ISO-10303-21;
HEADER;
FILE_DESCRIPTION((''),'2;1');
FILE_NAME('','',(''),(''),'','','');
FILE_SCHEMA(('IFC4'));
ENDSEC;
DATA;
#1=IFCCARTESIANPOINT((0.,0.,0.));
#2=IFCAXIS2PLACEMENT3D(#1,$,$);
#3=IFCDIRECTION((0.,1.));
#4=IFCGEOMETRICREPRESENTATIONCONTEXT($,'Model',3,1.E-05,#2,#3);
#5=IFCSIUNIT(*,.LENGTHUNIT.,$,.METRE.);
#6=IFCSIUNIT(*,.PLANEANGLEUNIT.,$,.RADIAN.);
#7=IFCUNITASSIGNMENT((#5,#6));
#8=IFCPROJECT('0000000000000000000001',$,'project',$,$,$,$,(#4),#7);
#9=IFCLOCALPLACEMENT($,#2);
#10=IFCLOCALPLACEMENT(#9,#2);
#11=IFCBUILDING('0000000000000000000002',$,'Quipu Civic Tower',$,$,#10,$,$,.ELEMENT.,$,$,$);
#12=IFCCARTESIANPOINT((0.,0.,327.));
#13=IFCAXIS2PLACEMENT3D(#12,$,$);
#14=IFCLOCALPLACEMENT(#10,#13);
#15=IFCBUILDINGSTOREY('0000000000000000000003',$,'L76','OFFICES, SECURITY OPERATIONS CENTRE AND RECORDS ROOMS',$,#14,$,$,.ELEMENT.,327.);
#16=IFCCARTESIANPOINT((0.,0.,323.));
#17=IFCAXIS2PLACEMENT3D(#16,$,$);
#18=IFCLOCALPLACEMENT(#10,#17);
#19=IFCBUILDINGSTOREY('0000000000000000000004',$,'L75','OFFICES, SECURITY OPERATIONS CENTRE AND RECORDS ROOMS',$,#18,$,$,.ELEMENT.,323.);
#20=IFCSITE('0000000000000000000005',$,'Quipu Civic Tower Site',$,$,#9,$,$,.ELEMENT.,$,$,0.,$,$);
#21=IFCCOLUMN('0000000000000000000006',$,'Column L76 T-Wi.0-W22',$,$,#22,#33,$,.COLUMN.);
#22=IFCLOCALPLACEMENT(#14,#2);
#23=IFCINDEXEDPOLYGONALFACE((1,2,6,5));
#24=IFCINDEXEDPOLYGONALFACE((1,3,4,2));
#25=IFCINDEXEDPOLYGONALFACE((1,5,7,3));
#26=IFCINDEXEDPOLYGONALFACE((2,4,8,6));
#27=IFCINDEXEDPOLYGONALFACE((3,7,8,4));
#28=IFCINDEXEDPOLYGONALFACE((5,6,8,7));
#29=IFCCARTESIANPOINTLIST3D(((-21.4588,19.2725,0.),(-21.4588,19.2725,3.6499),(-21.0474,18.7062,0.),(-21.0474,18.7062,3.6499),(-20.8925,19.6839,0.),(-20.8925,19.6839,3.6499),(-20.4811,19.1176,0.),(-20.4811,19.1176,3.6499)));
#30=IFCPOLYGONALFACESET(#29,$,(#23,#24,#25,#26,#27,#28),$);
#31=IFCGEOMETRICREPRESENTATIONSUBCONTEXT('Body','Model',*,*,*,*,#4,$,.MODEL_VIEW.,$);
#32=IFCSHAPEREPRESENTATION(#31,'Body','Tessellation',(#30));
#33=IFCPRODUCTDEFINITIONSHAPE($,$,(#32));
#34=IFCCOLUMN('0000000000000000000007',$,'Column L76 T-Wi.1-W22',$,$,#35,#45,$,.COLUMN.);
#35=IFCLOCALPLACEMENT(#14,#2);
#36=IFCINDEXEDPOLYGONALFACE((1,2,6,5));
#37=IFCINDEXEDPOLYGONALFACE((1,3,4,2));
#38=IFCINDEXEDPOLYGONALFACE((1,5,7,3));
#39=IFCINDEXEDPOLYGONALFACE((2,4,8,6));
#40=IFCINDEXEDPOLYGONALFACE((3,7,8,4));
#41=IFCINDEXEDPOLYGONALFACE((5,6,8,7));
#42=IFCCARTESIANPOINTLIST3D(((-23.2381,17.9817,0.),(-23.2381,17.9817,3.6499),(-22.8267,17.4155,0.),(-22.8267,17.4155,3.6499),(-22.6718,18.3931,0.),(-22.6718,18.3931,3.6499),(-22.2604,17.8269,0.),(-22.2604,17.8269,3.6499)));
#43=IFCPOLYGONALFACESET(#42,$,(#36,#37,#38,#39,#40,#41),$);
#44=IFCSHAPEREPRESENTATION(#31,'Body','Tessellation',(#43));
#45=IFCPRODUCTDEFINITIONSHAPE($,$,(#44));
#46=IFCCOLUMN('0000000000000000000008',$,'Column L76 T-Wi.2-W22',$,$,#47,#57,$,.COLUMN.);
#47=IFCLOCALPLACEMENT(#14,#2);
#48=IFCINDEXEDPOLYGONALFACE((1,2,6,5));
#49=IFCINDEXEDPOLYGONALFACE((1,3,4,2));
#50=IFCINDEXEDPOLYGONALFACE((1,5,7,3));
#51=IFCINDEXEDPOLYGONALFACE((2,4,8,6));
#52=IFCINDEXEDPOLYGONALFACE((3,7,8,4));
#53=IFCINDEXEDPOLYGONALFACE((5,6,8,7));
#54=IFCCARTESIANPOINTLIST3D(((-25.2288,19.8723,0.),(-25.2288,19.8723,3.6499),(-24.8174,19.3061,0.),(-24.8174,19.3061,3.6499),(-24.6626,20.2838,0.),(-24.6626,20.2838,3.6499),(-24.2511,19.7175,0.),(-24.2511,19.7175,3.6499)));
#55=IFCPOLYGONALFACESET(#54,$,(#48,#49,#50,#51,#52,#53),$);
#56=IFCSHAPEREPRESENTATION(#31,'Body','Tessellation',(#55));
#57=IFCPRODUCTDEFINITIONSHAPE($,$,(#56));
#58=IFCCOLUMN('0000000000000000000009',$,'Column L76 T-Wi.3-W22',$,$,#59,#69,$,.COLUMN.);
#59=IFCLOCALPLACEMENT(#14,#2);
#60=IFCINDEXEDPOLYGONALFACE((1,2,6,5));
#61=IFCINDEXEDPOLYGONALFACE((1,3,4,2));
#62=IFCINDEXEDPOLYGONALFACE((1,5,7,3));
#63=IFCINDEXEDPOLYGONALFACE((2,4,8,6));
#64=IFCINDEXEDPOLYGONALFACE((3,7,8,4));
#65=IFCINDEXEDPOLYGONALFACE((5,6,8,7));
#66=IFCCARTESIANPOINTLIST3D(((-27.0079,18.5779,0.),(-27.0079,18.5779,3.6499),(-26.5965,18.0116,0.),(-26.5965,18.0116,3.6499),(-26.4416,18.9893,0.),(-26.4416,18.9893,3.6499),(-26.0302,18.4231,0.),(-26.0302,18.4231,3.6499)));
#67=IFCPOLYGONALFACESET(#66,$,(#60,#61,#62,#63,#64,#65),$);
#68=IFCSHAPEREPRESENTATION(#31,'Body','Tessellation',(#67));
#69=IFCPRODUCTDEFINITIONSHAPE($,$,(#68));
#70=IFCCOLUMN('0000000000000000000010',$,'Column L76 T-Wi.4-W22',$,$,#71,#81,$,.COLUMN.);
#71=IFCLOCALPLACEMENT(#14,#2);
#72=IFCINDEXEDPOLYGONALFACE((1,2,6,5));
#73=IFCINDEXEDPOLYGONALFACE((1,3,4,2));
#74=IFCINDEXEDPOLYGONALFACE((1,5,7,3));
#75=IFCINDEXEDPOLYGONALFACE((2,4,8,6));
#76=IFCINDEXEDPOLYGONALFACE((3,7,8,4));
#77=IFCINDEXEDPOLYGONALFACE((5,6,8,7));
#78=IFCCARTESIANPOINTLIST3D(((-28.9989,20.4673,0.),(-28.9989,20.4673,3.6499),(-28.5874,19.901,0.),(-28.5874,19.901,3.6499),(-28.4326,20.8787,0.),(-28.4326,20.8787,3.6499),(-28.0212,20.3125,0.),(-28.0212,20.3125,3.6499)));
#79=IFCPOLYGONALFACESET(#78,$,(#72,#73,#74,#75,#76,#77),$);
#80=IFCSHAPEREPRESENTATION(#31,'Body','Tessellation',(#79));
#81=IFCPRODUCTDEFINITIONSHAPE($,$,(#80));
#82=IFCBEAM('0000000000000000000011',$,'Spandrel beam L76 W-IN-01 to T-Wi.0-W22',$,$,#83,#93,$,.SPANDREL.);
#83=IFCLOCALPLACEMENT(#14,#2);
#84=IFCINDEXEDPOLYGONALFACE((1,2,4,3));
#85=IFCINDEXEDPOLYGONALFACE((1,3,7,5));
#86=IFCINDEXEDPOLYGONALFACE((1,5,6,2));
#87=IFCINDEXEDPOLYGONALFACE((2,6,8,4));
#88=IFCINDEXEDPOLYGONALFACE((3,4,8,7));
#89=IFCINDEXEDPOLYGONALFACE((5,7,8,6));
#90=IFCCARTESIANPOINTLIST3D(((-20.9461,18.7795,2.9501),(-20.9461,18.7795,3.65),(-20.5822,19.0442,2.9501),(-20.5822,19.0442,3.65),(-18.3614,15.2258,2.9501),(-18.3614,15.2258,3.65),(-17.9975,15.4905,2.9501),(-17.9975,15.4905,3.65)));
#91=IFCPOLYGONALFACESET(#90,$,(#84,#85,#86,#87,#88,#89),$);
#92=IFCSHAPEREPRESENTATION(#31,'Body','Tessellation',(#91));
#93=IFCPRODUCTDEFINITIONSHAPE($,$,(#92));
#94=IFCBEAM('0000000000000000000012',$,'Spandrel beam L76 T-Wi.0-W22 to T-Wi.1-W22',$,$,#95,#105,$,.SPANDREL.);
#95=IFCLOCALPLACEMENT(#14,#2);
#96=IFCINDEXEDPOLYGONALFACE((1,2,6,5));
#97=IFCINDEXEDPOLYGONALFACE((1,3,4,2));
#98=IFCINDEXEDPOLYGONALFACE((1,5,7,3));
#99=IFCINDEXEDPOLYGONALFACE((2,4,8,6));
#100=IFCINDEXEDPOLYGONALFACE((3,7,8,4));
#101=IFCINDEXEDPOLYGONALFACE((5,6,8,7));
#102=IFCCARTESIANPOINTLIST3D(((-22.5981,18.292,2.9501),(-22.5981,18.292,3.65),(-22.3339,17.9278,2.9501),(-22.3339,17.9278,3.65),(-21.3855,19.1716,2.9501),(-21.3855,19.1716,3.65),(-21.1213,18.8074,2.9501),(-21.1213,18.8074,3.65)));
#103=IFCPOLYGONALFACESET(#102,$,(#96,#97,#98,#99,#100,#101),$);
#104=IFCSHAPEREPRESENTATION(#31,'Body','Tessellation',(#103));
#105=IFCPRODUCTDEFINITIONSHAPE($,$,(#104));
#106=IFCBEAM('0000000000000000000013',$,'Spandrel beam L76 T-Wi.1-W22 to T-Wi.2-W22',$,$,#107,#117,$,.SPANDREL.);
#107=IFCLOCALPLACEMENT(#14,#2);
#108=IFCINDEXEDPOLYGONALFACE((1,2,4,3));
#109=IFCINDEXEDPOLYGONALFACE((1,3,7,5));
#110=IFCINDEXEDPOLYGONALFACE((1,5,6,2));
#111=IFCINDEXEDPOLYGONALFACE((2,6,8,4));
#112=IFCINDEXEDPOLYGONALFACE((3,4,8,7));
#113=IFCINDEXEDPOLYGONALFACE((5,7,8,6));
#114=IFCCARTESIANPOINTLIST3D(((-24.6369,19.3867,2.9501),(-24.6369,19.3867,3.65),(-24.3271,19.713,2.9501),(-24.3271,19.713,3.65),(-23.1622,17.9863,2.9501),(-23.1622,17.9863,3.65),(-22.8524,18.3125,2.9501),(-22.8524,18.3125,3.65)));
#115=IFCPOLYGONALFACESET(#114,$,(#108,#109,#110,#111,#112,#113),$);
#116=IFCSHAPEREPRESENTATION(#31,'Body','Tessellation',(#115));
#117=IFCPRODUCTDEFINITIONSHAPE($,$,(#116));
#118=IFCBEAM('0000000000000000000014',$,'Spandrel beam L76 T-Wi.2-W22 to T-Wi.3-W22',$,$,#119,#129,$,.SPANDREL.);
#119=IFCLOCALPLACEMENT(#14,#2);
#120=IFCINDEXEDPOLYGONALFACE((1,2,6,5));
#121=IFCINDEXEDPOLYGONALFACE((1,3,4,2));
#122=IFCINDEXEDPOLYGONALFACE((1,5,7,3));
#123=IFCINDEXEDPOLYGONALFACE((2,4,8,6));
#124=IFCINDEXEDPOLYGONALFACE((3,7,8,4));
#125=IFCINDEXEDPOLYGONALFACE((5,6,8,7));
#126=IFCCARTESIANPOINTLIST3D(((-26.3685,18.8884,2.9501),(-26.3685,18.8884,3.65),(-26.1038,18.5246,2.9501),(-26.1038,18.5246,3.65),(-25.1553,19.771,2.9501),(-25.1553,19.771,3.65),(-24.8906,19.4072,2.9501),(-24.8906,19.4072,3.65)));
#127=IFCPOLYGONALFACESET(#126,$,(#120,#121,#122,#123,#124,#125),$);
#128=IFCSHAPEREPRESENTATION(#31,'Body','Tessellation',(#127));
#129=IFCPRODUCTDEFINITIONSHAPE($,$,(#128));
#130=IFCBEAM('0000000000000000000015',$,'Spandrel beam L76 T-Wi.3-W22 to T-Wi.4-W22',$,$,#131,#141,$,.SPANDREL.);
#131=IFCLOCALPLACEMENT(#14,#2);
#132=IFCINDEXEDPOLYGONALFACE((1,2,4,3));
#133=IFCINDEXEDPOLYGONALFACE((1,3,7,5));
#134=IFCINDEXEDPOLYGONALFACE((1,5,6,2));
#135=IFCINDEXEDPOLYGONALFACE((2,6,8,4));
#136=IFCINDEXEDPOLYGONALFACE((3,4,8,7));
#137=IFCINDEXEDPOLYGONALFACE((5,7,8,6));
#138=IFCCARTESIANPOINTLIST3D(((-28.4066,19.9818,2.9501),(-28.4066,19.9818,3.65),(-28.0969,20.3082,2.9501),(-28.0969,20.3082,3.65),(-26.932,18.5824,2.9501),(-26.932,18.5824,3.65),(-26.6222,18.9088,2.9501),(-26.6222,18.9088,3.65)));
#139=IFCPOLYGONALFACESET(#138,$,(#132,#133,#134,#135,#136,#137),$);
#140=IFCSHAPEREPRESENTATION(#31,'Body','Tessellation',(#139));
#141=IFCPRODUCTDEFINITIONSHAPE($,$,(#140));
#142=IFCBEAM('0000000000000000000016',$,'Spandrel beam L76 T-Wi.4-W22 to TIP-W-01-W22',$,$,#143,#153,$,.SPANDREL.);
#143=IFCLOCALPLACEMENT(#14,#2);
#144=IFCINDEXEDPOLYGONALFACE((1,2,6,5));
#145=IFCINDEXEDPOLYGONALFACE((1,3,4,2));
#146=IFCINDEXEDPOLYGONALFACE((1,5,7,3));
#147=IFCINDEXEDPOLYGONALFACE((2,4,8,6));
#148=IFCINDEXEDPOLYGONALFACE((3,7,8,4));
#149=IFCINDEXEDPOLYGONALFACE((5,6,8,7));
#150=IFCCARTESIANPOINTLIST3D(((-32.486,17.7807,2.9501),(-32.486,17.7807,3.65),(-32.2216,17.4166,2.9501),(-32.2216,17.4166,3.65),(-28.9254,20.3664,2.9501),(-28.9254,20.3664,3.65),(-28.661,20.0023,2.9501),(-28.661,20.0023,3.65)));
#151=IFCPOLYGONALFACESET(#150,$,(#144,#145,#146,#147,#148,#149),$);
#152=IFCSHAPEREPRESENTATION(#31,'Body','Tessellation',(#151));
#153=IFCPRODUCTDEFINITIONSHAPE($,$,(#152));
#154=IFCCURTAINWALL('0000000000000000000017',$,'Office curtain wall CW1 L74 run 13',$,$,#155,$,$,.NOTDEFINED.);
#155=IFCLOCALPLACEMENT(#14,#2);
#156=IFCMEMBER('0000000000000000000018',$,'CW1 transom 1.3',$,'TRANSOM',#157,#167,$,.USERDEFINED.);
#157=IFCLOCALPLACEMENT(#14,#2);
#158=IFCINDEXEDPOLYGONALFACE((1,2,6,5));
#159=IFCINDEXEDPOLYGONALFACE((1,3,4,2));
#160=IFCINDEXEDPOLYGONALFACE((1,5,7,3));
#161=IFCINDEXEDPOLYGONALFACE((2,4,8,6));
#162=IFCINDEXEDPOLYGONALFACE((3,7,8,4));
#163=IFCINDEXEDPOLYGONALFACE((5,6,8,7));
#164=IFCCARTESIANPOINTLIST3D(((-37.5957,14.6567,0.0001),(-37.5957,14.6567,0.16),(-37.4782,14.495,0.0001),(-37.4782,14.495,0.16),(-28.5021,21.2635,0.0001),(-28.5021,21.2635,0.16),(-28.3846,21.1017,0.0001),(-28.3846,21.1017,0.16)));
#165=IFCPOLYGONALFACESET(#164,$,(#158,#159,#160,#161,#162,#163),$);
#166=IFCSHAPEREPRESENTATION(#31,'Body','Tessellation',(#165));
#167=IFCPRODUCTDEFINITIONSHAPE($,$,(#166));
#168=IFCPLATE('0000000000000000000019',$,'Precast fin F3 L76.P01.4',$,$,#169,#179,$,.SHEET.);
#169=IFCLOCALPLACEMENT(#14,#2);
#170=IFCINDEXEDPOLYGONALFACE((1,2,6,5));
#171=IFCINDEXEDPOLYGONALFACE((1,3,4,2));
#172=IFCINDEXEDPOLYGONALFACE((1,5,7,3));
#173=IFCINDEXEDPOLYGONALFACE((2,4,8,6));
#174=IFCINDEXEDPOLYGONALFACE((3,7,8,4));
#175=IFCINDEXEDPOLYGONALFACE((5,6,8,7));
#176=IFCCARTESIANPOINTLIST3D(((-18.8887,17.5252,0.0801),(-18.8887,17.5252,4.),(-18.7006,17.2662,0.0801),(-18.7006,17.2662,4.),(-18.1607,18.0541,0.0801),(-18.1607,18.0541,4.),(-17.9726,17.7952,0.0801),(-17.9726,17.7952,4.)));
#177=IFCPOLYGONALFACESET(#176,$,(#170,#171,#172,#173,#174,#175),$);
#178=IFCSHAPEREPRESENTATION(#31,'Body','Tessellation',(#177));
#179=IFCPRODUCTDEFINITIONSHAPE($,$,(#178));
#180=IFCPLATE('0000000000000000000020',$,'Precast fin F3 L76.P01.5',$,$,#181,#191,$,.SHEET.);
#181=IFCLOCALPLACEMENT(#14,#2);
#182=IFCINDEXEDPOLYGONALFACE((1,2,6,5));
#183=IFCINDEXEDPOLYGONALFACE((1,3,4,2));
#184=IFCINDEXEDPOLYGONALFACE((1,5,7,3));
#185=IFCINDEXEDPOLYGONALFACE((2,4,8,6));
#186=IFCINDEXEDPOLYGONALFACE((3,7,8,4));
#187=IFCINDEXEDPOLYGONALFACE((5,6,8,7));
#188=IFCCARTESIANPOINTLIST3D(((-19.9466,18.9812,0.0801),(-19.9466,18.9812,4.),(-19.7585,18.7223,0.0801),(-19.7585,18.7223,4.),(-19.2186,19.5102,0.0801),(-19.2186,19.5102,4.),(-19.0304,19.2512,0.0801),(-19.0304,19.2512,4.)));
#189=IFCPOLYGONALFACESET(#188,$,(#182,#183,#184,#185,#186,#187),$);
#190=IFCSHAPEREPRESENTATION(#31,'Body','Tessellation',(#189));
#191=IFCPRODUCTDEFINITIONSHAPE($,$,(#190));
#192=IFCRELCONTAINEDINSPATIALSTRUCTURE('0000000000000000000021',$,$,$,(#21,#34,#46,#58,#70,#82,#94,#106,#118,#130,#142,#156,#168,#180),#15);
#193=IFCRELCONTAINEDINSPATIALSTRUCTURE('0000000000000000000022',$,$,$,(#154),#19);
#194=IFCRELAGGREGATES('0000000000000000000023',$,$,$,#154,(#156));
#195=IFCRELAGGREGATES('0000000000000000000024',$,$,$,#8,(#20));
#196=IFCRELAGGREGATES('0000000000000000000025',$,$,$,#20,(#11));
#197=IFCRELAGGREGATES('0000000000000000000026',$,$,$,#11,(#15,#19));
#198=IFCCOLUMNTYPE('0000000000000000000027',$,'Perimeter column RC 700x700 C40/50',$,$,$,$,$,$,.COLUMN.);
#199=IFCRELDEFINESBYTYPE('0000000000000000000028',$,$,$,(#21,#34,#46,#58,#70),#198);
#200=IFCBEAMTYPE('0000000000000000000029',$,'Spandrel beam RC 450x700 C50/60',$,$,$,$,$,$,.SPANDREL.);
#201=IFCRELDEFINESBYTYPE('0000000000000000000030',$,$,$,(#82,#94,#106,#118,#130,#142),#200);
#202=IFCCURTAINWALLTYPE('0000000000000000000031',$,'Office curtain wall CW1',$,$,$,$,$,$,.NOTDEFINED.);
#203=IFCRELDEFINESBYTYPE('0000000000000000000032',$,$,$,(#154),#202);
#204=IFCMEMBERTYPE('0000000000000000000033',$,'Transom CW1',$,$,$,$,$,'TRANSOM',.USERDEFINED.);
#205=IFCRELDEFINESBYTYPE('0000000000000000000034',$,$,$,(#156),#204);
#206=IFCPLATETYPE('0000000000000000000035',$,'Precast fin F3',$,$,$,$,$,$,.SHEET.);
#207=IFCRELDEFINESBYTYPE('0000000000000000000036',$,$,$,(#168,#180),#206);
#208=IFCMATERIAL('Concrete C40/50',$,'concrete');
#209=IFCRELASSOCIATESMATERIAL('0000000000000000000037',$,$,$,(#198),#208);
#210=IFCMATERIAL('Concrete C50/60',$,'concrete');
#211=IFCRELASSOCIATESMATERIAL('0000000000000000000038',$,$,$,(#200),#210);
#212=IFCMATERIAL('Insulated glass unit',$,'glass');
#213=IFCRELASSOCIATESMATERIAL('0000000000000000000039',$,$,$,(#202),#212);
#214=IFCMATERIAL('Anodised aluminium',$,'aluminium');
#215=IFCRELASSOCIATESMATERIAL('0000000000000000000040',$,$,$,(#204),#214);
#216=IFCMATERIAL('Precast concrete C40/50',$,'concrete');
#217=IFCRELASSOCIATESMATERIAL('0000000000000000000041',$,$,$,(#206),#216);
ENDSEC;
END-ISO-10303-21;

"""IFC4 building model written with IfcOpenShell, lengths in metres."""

from ifc_helpers import new_model, si_unit, direction, frame, origin, origin_2d, place, context, subcontext, project, spatial, rectangle, extrude, material, material_profile, profile_set, type_object, element, aggregate, save


model = new_model("IFC4")

# Units and contexts
model_context = context("Model", 3, precision=1e-05, world=origin(), true_north=direction((0.0, 1.0)))
body_context = subcontext(model_context, "Body", "Model", "MODEL_VIEW")
ifc_project = project(units=[si_unit("LENGTHUNIT", "METRE"), si_unit("PLANEANGLEUNIT", "RADIAN")], contexts=[model_context])

# Site, building, storey
site_placement = place(None, origin())
site = spatial("IfcSite", under=ifc_project, at=site_placement, Name="Quipu Civic Tower Site", CompositionType="ELEMENT", RefElevation=0.0)
building_placement = place(site_placement, origin())
building = spatial("IfcBuilding", under=site, at=building_placement, Name="Quipu Civic Tower", CompositionType="ELEMENT")
storey_1_placement = place(building_placement, frame((0.0, 0.0, 327.0)))
storey_1 = spatial("IfcBuildingStorey", under=building, at=storey_1_placement, Name="L76", Description="OFFICES, SECURITY OPERATIONS CENTRE AND RECORDS ROOMS", CompositionType="ELEMENT", Elevation=327.0)

# Columns
ifc_material_1 = material(Name="Concrete C40/50", Category="concrete")
ifc_material_profile_1 = material_profile(ifc_material_1, rectangle(XDim=0.7, YDim=0.7, at=origin_2d()), Name="RC700x700")
ifc_profile_set_1 = profile_set([ifc_material_profile_1], Name="Concrete C40/50")
column_type = type_object("IfcColumnType", Name="Perimeter column RC 700x700 C40/50", PredefinedType="COLUMN", material=ifc_profile_set_1)
for number, where, z_axis, x_axis, name in (
    (1, (-20.97, 19.1951, 0.0), (0.0, 0.0, 1.0), (-0.587785, 0.809017, 0.0), "Column L76 T-Wi.0-W22"),
    (2, (-22.7493, 17.9043, 0.0), (0.0, 0.0, 1.0), (-0.587785, 0.809017, 0.0), "Column L76 T-Wi.1-W22"),
    (3, (-24.74, 19.7949, 0.0), (0.0, 0.0, 1.0), (-0.587785, 0.809017, 0.0), "Column L76 T-Wi.2-W22"),
    (4, (-26.519, 18.5005, 0.0), (0.0, 0.0, 1.0), (-0.587785, 0.809017, 0.0), "Column L76 T-Wi.3-W22"),
    (5, (-28.51, 20.3899, 0.0), (0.0, 0.0, 1.0), (-0.809017, -0.587785, 0.0), "Column L76 T-Wi.4-W22"),
):
    element("IfcColumn", number, at=place(storey_1_placement, frame(where, z_axis=z_axis, x_axis=x_axis)), inside=storey_1, type_object=column_type, Name=name, PredefinedType="COLUMN", context=body_context, shape_type="SweptSolid", body=[
        extrude(rectangle(XDim=0.7, YDim=0.7, at=origin_2d()), origin(), (0.0, 0.0, 1.0), 3.6499),
    ])

# Beams
ifc_material_2 = material(Name="Concrete C50/60", Category="concrete")
ifc_material_profile_2 = material_profile(ifc_material_2, rectangle(XDim=0.45, YDim=0.7, at=origin_2d()), Name="RC450x700")
ifc_profile_set_2 = profile_set([ifc_material_profile_2], Name="Concrete C50/60")
beam_type = type_object("IfcBeamType", Name="Spandrel beam RC 450x700 C50/60", PredefinedType="SPANDREL", material=ifc_profile_set_2)
beam_1_placement = place(storey_1_placement, frame((-18.1794, 15.3582, 3.3), z_axis=(-0.588201, 0.808714, 0.0), x_axis=(-0.808714, -0.588201, 0.0)))
element("IfcBeam", 6, at=beam_1_placement, inside=storey_1, type_object=beam_type, Name="Spandrel beam L76 W-IN-01 to T-Wi.0-W22", PredefinedType="SPANDREL", context=body_context, shape_type="SweptSolid", body=[
    extrude(rectangle(XDim=0.45, YDim=0.7, at=origin_2d()), origin(), (0.0, 0.0, 1.0), 4.3943),
])
beam_2_placement = place(storey_1_placement, frame((-21.2534, 18.9895, 3.3), z_axis=(-0.809461, -0.587173, 0.0), x_axis=(0.587173, -0.809461, 0.0)))
element("IfcBeam", 7, at=beam_2_placement, inside=storey_1, type_object=beam_type, Name="Spandrel beam L76 T-Wi.0-W22 to T-Wi.1-W22", PredefinedType="SPANDREL", context=body_context, shape_type="SweptSolid", body=[
    extrude(rectangle(XDim=0.45, YDim=0.7, at=origin_2d()), origin(), (0.0, 0.0, 1.0), 1.498),
])
beam_3_placement = place(storey_1_placement, frame((-23.0073, 18.1494, 3.3), z_axis=(-0.725119, 0.688623, 0.0), x_axis=(-0.688623, -0.725119, 0.0)))
element("IfcBeam", 8, at=beam_3_placement, inside=storey_1, type_object=beam_type, Name="Spandrel beam L76 T-Wi.1-W22 to T-Wi.2-W22", PredefinedType="SPANDREL", context=body_context, shape_type="SweptSolid", body=[
    extrude(rectangle(XDim=0.45, YDim=0.7, at=origin_2d()), origin(), (0.0, 0.0, 1.0), 2.0337),
])
beam_4_placement = place(storey_1_placement, frame((-25.0229, 19.5891, 3.3), z_axis=(-0.808645, -0.588297, 0.0), x_axis=(0.588297, -0.808645, 0.0)))
element("IfcBeam", 9, at=beam_4_placement, inside=storey_1, type_object=beam_type, Name="Spandrel beam L76 T-Wi.2-W22 to T-Wi.3-W22", PredefinedType="SPANDREL", context=body_context, shape_type="SweptSolid", body=[
    extrude(rectangle(XDim=0.45, YDim=0.7, at=origin_2d()), origin(), (0.0, 0.0, 1.0), 1.5002),
])
beam_5_placement = place(storey_1_placement, frame((-26.7771, 18.7456, 3.3), z_axis=(-0.725359, 0.688371, 0.0), x_axis=(-0.688371, -0.725359, 0.0)))
element("IfcBeam", 10, at=beam_5_placement, inside=storey_1, type_object=beam_type, Name="Spandrel beam L76 T-Wi.3-W22 to T-Wi.4-W22", PredefinedType="SPANDREL", context=body_context, shape_type="SweptSolid", body=[
    extrude(rectangle(XDim=0.45, YDim=0.7, at=origin_2d()), origin(), (0.0, 0.0, 1.0), 2.033),
])
beam_6_placement = place(storey_1_placement, frame((-28.7932, 20.1843, 3.3), z_axis=(-0.809146, -0.587607, 0.0), x_axis=(0.587607, -0.809146, 0.0)))
element("IfcBeam", 11, at=beam_6_placement, inside=storey_1, type_object=beam_type, Name="Spandrel beam L76 T-Wi.4-W22 to TIP-W-01-W22", PredefinedType="SPANDREL", context=body_context, shape_type="SweptSolid", body=[
    extrude(rectangle(XDim=0.45, YDim=0.7, at=origin_2d()), origin(), (0.0, 0.0, 1.0), 4.4004),
])

# Shared definitions
storey_2_placement = place(building_placement, frame((0.0, 0.0, 323.0)))
storey_2 = spatial("IfcBuildingStorey", under=building, at=storey_2_placement, Name="L75", Description="OFFICES, SECURITY OPERATIONS CENTRE AND RECORDS ROOMS", CompositionType="ELEMENT", Elevation=323.0)

# Curtain wall, member
ifc_material_3 = material(Name="Insulated glass unit", Category="glass")
curtain_wall_type = type_object("IfcCurtainWallType", Name="Office curtain wall CW1", PredefinedType="NOTDEFINED", material=ifc_material_3)
curtain_wall_placement = place(storey_2_placement, origin())
curtain_wall = element("IfcCurtainWall", 12, at=curtain_wall_placement, inside=storey_2, type_object=curtain_wall_type, Name="Office curtain wall CW1 L74 run 13", PredefinedType="NOTDEFINED")
ifc_material_4 = material(Name="Anodised aluminium", Category="aluminium")
ifc_material_profile_3 = material_profile(ifc_material_4, rectangle(XDim=0.2, YDim=0.1599, at=origin_2d()), Name="RECT 200x160")
ifc_profile_set_3 = profile_set([ifc_material_profile_3], Name="Anodised aluminium")
member_type = type_object("IfcMemberType", Name="Transom CW1", ElementType="TRANSOM", PredefinedType="USERDEFINED", material=ifc_profile_set_3)
member_placement = place(storey_1_placement, frame((-28.4434, 21.1826, 0.0801), z_axis=(-0.809022, -0.587778, 0.0), x_axis=(0.587778, -0.809022, 0.0)))
member = element("IfcMember", 13, at=member_placement, inside=storey_1, type_object=member_type, Name="CW1 transom 1.3", ObjectType="TRANSOM", PredefinedType="USERDEFINED", context=body_context, shape_type="SweptSolid", body=[
    extrude(rectangle(XDim=0.2, YDim=0.1599, at=origin_2d()), origin(), (0.0, 0.0, 1.0), 11.2402),
])
aggregate(curtain_wall, [member])

# Plates
ifc_material_5 = material(Name="Precast concrete C40/50", Category="concrete")
plate_type = type_object("IfcPlateType", Name="Precast fin F3", PredefinedType="SHEET", material=ifc_material_5)
for number, where, z_axis, x_axis, name in (
    (14, (-18.4307, 17.6602, 0.0801), (0.0, 0.0, 1.0), (-0.587784, 0.809018, 0.0), "Precast fin F3 L76.P01.4"),
    (15, (-19.4885, 19.1162, 0.0801), (0.0, 0.0, 1.0), (-0.587784, 0.809018, 0.0), "Precast fin F3 L76.P01.5"),
):
    element("IfcPlate", number, at=place(storey_1_placement, frame(where, z_axis=z_axis, x_axis=x_axis)), inside=storey_1, type_object=plate_type, Name=name, PredefinedType="SHEET", context=body_context, shape_type="SweptSolid", body=[
        extrude(rectangle(XDim=0.3201, YDim=0.8999, at=origin_2d()), origin(), (0.0, 0.0, 1.0), 3.9199),
    ])

save(model, "model.ifc")
